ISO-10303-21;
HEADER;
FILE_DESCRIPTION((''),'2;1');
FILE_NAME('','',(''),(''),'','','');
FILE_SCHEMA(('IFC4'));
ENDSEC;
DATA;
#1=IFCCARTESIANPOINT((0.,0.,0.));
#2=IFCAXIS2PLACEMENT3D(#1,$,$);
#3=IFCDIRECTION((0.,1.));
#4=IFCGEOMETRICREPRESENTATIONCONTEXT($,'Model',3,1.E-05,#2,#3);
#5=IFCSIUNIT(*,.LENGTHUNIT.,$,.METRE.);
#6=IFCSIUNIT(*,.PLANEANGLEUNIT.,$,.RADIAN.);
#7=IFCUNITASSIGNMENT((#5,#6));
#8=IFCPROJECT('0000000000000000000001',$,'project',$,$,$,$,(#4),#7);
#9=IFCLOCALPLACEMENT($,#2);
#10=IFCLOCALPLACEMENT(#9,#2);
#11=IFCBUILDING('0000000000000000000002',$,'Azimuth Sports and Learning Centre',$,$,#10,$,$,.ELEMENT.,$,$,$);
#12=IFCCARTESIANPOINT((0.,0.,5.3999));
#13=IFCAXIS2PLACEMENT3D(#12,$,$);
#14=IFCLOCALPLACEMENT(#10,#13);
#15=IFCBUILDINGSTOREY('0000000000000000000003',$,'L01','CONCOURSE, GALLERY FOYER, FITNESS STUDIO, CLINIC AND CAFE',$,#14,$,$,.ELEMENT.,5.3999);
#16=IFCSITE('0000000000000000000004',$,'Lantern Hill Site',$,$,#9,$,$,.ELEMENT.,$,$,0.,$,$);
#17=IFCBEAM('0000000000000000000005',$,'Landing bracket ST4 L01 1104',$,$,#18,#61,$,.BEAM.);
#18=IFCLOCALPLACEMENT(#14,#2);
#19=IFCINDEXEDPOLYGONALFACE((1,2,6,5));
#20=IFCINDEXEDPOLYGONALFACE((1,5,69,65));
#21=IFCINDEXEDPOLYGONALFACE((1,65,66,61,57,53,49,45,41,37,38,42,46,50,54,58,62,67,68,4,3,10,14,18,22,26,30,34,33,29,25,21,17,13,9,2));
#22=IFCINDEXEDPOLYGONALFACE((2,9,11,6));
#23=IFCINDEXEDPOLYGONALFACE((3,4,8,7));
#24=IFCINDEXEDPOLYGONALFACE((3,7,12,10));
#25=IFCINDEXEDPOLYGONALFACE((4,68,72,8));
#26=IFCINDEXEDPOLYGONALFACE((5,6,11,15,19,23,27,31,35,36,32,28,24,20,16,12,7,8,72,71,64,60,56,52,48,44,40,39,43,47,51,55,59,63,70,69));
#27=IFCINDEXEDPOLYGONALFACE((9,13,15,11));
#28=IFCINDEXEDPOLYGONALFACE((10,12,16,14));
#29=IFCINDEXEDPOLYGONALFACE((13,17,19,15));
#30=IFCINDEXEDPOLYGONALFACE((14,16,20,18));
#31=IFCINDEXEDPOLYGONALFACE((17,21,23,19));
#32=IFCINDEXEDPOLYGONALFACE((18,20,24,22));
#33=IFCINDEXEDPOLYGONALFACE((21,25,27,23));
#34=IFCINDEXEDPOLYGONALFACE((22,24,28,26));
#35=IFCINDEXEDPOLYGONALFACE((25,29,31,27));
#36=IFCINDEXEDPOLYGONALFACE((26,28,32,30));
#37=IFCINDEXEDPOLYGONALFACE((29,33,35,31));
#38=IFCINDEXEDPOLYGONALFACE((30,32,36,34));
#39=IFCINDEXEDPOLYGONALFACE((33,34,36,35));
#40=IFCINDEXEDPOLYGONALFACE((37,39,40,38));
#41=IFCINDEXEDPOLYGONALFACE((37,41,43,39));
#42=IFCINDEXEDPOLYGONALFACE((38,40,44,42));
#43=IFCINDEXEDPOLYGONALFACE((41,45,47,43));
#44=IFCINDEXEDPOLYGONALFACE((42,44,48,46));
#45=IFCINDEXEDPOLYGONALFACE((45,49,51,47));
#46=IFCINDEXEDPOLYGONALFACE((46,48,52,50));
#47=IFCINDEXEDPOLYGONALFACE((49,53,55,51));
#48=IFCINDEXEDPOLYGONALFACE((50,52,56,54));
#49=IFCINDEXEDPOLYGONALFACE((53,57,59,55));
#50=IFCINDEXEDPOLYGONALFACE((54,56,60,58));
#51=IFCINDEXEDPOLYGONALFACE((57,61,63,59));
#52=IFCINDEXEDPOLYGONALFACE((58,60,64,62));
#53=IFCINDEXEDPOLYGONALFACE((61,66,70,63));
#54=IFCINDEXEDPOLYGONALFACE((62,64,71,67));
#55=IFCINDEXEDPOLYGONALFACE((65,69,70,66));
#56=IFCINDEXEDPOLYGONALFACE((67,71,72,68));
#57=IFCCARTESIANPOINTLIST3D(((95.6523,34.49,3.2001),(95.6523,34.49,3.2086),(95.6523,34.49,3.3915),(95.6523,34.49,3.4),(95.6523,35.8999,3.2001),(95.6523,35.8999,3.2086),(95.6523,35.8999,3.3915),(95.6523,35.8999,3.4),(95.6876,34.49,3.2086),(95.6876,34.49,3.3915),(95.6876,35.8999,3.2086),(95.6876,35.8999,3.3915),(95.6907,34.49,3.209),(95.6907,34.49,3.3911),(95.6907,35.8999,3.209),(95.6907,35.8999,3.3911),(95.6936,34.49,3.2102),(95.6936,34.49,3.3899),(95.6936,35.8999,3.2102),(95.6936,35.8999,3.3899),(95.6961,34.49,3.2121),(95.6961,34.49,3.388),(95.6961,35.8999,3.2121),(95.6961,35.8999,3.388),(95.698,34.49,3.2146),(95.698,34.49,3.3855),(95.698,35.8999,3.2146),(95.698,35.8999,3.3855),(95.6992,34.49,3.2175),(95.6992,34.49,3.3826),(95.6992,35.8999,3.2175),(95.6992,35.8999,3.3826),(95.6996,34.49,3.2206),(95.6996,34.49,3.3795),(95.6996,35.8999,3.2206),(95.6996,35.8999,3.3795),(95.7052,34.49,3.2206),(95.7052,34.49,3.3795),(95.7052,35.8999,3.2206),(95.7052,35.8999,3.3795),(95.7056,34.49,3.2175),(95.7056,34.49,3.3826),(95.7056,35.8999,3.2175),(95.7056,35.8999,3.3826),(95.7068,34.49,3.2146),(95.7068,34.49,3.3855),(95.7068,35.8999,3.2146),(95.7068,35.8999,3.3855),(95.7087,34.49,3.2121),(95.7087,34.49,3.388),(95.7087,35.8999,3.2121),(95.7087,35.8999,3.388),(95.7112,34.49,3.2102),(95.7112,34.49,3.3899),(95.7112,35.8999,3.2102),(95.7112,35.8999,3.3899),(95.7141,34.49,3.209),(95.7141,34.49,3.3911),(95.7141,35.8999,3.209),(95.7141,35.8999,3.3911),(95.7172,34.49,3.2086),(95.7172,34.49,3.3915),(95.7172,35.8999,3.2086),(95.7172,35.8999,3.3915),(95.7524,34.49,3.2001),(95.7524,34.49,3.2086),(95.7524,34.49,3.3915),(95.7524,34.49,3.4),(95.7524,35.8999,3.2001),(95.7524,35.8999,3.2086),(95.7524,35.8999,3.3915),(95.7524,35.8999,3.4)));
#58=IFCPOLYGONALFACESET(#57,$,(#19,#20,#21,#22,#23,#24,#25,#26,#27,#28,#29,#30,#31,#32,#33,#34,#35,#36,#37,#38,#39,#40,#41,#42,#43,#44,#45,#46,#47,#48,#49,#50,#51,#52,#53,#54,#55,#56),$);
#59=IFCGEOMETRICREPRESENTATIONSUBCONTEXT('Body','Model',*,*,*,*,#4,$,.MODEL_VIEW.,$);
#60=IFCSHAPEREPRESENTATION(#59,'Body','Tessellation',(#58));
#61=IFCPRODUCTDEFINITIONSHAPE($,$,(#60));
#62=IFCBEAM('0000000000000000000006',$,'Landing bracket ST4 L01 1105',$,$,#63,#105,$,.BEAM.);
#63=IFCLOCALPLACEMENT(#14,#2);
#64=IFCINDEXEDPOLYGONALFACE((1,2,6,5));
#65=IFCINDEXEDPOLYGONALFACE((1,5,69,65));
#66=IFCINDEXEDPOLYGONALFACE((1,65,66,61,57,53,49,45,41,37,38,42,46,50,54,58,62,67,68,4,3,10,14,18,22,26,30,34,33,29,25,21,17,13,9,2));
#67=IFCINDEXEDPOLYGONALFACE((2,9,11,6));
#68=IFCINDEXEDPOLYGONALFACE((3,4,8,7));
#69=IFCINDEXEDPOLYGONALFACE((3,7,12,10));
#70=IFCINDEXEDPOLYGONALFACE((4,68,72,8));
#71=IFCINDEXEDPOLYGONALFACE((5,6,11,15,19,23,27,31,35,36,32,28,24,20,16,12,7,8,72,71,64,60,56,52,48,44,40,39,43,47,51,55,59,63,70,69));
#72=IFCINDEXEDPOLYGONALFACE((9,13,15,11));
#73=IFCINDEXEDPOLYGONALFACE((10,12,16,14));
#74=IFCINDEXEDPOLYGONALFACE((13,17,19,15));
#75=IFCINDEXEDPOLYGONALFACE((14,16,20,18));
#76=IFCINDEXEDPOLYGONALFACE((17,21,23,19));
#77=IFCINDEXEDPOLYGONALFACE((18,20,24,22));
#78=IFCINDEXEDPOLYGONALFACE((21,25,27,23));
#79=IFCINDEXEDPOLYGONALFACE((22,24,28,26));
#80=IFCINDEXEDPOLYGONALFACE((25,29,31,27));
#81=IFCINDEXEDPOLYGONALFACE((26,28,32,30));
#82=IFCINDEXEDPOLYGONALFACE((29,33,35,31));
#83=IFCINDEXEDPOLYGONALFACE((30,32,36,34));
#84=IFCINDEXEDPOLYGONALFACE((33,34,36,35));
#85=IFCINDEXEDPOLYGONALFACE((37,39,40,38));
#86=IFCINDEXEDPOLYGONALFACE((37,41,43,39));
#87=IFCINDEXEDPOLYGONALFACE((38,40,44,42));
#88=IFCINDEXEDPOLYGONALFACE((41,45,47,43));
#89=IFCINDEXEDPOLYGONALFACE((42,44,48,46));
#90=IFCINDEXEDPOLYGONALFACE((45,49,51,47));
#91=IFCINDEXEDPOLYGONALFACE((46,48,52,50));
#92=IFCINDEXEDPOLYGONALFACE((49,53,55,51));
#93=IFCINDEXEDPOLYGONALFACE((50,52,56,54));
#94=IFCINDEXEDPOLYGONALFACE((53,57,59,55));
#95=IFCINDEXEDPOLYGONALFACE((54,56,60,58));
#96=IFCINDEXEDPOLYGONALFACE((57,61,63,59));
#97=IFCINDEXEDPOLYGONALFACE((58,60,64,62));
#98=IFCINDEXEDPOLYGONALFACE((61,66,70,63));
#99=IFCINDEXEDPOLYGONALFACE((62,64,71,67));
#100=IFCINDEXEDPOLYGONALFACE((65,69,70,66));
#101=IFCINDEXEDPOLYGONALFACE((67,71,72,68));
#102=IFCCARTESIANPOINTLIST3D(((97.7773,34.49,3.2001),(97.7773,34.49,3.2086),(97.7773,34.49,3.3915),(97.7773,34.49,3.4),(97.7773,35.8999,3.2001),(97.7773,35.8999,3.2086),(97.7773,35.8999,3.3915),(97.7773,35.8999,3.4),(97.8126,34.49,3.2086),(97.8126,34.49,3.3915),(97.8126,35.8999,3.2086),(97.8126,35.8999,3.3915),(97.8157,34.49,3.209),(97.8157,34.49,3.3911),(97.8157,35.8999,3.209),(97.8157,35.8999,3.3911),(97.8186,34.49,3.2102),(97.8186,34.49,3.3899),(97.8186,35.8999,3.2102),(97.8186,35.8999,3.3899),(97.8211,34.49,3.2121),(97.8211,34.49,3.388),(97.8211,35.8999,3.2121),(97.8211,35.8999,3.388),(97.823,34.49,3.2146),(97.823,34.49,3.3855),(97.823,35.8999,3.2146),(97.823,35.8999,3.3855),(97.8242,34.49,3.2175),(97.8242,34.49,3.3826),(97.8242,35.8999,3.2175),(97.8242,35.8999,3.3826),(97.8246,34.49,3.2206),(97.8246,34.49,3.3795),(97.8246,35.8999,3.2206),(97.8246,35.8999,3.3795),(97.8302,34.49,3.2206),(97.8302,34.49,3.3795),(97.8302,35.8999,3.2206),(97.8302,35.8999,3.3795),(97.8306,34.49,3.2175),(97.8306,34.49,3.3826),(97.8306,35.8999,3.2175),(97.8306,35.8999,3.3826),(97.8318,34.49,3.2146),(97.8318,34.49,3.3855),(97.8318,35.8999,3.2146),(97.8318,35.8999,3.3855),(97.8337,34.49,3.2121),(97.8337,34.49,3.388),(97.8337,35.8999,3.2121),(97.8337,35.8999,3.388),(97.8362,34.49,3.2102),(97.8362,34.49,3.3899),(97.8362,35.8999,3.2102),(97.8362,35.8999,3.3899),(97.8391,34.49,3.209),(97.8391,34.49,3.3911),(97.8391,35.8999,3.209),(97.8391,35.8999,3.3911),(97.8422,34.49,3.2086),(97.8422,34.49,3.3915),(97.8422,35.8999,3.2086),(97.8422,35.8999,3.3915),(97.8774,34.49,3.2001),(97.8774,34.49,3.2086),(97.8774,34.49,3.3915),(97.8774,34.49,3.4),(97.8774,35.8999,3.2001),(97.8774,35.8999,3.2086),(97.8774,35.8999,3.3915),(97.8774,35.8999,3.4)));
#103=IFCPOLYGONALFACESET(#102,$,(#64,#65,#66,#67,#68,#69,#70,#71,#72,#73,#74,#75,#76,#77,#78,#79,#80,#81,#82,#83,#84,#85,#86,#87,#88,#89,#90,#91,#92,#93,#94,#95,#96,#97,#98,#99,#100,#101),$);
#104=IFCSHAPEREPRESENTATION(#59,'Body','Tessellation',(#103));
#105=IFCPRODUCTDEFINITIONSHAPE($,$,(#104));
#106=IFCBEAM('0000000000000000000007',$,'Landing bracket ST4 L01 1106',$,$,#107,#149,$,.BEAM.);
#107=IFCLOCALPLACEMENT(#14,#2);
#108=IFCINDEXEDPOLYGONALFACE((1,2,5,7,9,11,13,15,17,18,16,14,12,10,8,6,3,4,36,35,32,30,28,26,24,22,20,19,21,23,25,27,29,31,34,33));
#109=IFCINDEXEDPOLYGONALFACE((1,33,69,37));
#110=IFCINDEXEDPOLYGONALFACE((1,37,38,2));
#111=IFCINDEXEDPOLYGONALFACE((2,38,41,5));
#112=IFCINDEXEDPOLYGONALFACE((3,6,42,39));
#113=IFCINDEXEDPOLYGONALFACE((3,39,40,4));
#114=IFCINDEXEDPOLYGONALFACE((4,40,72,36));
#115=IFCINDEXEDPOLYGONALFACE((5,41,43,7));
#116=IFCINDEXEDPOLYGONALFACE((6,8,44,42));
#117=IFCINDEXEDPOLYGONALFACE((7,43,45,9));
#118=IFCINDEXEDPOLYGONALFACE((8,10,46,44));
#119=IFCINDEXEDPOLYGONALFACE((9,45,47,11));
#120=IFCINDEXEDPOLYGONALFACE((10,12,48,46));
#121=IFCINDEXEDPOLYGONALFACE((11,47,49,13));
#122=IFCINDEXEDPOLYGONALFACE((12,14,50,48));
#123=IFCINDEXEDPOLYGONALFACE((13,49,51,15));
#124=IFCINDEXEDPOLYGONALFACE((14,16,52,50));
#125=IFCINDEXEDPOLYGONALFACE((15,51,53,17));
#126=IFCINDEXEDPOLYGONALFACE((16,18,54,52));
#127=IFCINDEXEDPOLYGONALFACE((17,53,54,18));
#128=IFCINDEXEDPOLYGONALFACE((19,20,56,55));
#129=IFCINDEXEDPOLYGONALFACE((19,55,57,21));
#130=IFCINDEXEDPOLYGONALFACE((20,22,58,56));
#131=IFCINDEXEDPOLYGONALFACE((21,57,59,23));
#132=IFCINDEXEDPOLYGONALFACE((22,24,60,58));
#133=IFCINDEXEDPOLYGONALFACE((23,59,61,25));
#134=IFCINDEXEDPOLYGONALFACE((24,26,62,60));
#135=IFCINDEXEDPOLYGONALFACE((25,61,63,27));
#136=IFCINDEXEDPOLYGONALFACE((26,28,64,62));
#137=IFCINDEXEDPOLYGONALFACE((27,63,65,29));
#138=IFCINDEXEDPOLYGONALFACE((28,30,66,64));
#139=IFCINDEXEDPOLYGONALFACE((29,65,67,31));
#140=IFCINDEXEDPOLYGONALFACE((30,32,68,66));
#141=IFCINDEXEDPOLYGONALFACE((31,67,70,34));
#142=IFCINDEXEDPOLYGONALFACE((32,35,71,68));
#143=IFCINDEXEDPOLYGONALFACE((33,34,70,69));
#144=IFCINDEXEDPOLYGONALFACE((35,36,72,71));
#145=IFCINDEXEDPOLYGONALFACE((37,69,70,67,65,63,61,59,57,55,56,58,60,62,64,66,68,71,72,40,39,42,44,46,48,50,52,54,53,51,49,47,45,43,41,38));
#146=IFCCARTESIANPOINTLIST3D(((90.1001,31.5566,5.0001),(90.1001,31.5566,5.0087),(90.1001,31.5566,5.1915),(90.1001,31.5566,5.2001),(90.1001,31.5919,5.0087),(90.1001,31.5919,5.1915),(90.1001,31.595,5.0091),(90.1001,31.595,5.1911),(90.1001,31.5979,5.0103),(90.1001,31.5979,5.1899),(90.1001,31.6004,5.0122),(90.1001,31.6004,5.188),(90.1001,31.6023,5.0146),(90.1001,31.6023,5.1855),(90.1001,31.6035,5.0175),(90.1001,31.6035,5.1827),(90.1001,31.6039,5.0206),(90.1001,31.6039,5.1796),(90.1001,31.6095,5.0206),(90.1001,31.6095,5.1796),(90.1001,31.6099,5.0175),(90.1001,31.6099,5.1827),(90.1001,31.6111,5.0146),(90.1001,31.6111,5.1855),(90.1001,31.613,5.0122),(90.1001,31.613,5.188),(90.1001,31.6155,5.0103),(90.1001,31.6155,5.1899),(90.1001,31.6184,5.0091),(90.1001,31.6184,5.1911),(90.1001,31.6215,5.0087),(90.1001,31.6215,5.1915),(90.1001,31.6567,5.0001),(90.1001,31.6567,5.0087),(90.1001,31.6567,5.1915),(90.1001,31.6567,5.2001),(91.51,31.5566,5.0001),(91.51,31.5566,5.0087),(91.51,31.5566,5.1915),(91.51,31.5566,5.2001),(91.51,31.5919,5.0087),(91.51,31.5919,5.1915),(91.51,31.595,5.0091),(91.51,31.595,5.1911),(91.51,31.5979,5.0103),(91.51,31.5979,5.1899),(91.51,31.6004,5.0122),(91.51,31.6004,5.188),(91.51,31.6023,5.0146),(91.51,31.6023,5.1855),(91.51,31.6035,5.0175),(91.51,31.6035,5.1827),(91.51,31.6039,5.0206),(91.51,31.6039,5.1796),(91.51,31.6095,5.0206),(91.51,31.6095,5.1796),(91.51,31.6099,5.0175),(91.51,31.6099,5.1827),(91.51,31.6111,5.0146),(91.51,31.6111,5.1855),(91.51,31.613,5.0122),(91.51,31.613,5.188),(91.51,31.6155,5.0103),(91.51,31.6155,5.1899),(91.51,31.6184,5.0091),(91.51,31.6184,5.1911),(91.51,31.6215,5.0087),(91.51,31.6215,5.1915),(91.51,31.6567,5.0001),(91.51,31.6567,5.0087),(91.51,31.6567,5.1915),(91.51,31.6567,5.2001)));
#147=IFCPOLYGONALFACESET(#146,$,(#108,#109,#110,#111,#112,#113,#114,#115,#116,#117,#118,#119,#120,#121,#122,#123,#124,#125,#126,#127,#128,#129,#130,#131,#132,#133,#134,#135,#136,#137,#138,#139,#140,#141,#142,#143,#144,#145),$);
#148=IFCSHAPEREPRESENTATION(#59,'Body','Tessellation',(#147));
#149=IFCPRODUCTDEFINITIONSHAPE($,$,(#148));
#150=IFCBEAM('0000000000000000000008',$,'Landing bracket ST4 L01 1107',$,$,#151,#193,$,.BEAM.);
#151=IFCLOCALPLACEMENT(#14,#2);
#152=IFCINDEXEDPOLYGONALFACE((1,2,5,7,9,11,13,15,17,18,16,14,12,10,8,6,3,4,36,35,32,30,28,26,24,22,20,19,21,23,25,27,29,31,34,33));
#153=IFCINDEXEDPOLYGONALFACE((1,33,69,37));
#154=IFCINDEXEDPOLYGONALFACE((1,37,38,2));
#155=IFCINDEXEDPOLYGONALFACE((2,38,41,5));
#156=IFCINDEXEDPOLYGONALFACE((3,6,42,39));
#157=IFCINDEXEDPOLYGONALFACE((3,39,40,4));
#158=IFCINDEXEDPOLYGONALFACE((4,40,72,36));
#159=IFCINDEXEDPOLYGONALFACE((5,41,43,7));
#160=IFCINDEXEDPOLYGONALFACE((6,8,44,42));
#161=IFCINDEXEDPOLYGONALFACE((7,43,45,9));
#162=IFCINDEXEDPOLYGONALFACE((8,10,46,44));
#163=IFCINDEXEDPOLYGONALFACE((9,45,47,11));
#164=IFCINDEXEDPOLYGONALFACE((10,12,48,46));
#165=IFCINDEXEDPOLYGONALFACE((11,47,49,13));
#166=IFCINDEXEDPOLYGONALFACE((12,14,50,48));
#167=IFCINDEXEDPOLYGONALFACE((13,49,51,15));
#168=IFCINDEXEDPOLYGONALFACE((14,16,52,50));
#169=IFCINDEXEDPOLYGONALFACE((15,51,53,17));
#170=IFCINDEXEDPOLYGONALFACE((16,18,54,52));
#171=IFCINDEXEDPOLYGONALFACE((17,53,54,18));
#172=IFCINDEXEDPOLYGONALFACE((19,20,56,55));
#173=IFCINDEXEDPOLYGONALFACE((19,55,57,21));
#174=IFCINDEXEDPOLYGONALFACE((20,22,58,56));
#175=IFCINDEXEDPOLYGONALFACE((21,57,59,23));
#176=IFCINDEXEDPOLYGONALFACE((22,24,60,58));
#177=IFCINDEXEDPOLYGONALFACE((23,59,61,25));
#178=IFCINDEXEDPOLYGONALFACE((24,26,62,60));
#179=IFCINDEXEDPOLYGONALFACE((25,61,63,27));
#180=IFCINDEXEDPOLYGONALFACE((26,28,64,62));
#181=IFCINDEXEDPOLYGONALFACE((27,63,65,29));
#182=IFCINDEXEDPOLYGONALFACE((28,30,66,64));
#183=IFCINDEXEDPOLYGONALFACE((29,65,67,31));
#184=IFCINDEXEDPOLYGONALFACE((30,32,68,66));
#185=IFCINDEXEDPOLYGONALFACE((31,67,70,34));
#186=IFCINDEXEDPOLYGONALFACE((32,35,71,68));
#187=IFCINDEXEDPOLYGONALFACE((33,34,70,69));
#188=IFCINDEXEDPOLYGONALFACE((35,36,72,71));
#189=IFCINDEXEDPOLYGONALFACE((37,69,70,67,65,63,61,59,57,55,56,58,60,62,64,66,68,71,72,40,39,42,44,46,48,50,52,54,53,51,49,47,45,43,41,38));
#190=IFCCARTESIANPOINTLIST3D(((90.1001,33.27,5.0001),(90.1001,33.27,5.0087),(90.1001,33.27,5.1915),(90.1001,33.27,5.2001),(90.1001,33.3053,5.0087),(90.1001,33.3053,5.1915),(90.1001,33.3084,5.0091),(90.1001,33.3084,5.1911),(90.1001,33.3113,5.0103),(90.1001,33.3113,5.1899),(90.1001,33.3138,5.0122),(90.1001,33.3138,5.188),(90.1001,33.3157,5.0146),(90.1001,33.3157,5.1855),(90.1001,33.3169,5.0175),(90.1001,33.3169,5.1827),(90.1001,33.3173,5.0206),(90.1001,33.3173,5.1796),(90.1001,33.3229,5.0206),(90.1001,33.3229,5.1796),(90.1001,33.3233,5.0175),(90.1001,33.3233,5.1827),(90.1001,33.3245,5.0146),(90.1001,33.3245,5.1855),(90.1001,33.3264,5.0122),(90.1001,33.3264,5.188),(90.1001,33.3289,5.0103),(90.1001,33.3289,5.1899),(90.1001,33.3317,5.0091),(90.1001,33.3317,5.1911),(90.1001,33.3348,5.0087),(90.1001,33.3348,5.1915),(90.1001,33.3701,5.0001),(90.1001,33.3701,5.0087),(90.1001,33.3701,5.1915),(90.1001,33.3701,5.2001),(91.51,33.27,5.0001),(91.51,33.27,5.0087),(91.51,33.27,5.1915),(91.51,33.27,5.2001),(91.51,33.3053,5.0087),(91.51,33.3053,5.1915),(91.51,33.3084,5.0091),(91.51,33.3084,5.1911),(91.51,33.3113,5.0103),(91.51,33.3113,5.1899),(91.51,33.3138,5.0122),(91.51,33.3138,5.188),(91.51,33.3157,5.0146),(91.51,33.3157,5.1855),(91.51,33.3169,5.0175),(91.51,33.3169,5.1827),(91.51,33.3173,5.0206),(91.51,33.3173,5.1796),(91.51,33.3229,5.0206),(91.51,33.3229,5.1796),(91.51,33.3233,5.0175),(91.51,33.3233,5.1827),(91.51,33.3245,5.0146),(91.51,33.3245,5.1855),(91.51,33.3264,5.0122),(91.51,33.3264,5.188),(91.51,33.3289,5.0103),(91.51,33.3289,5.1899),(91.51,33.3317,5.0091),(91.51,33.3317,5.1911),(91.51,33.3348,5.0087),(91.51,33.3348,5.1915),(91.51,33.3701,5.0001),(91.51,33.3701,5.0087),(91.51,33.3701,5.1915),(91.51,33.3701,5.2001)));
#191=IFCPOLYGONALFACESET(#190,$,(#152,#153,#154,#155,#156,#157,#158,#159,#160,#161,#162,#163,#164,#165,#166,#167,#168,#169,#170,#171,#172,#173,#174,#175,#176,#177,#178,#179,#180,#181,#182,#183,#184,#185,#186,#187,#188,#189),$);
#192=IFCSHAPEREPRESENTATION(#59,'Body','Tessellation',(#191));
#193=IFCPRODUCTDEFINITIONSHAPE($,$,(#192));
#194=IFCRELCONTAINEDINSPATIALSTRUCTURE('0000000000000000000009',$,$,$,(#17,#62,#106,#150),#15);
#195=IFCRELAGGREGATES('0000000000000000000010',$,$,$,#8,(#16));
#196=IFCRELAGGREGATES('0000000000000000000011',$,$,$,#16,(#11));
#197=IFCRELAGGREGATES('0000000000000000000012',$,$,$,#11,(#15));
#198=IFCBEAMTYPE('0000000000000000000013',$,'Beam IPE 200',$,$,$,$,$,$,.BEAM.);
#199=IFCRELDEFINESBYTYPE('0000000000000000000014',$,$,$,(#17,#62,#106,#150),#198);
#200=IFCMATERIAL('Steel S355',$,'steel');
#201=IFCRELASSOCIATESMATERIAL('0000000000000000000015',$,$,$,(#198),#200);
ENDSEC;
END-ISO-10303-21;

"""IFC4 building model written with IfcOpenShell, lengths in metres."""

from ifc_helpers import new_model, si_unit, direction, frame, origin, origin_2d, place, context, subcontext, project, spatial, i_section, extrude, material, material_profile, profile_set, type_object, element, save


model = new_model("IFC4")

# Units and contexts
model_context = context("Model", 3, precision=1e-05, world=origin(), true_north=direction((0.0, 1.0)))
body_context = subcontext(model_context, "Body", "Model", "MODEL_VIEW")
ifc_project = project(units=[si_unit("LENGTHUNIT", "METRE"), si_unit("PLANEANGLEUNIT", "RADIAN")], contexts=[model_context])

# Site, building, storey
site_placement = place(None, origin())
site = spatial("IfcSite", under=ifc_project, at=site_placement, Name="Lantern Hill Site", CompositionType="ELEMENT", RefElevation=0.0)
building_placement = place(site_placement, origin())
building = spatial("IfcBuilding", under=site, at=building_placement, Name="Azimuth Sports and Learning Centre", CompositionType="ELEMENT")
storey_placement = place(building_placement, frame((0.0, 0.0, 5.3999)))
storey = spatial("IfcBuildingStorey", under=building, at=storey_placement, Name="L01", Description="CONCOURSE, GALLERY FOYER, FITNESS STUDIO, CLINIC AND CAFE", CompositionType="ELEMENT", Elevation=5.3999)

# Beams
ifc_material_1 = material(Name="Steel S355", Category="steel")
ifc_material_profile_1 = material_profile(ifc_material_1, i_section(OverallWidth=0.1001, OverallDepth=0.2, WebThickness=0.0056, FlangeThickness=0.0085, FilletRadius=0.012, at=origin_2d()), Name="IPE 200")
ifc_profile_set_1 = profile_set([ifc_material_profile_1], Name="Steel S355")
beam_type_1 = type_object("IfcBeamType", Name="Beam IPE 200", PredefinedType="BEAM", material=ifc_profile_set_1)
for number, where, z_axis, x_axis, name in (
    (1, (95.7024, 35.8999, 3.3), (0.0, -1.0, 0.0), (1.0, 0.0, 0.0), "Landing bracket ST4 L01 1104"),
    (2, (97.8274, 35.8999, 3.3), (0.0, -1.0, 0.0), (1.0, 0.0, 0.0), "Landing bracket ST4 L01 1105"),
    (3, (90.1001, 31.6067, 5.1001), (1.0, 0.0, 0.0), (0.0, 1.0, 0.0), "Landing bracket ST4 L01 1106"),
    (4, (90.1001, 33.3201, 5.1001), (1.0, 0.0, 0.0), (0.0, 1.0, 0.0), "Landing bracket ST4 L01 1107"),
):
    element("IfcBeam", number, at=place(storey_placement, frame(where, z_axis=z_axis, x_axis=x_axis)), inside=storey, type_object=beam_type_1, Name=name, PredefinedType="BEAM", context=body_context, shape_type="SweptSolid", body=[
        extrude(i_section(OverallWidth=0.1001, OverallDepth=0.2, WebThickness=0.0056, FlangeThickness=0.0085, FilletRadius=0.012, at=origin_2d()), origin(), (0.0, 0.0, 1.0), 1.4099),
    ])

save(model, "model.ifc")
